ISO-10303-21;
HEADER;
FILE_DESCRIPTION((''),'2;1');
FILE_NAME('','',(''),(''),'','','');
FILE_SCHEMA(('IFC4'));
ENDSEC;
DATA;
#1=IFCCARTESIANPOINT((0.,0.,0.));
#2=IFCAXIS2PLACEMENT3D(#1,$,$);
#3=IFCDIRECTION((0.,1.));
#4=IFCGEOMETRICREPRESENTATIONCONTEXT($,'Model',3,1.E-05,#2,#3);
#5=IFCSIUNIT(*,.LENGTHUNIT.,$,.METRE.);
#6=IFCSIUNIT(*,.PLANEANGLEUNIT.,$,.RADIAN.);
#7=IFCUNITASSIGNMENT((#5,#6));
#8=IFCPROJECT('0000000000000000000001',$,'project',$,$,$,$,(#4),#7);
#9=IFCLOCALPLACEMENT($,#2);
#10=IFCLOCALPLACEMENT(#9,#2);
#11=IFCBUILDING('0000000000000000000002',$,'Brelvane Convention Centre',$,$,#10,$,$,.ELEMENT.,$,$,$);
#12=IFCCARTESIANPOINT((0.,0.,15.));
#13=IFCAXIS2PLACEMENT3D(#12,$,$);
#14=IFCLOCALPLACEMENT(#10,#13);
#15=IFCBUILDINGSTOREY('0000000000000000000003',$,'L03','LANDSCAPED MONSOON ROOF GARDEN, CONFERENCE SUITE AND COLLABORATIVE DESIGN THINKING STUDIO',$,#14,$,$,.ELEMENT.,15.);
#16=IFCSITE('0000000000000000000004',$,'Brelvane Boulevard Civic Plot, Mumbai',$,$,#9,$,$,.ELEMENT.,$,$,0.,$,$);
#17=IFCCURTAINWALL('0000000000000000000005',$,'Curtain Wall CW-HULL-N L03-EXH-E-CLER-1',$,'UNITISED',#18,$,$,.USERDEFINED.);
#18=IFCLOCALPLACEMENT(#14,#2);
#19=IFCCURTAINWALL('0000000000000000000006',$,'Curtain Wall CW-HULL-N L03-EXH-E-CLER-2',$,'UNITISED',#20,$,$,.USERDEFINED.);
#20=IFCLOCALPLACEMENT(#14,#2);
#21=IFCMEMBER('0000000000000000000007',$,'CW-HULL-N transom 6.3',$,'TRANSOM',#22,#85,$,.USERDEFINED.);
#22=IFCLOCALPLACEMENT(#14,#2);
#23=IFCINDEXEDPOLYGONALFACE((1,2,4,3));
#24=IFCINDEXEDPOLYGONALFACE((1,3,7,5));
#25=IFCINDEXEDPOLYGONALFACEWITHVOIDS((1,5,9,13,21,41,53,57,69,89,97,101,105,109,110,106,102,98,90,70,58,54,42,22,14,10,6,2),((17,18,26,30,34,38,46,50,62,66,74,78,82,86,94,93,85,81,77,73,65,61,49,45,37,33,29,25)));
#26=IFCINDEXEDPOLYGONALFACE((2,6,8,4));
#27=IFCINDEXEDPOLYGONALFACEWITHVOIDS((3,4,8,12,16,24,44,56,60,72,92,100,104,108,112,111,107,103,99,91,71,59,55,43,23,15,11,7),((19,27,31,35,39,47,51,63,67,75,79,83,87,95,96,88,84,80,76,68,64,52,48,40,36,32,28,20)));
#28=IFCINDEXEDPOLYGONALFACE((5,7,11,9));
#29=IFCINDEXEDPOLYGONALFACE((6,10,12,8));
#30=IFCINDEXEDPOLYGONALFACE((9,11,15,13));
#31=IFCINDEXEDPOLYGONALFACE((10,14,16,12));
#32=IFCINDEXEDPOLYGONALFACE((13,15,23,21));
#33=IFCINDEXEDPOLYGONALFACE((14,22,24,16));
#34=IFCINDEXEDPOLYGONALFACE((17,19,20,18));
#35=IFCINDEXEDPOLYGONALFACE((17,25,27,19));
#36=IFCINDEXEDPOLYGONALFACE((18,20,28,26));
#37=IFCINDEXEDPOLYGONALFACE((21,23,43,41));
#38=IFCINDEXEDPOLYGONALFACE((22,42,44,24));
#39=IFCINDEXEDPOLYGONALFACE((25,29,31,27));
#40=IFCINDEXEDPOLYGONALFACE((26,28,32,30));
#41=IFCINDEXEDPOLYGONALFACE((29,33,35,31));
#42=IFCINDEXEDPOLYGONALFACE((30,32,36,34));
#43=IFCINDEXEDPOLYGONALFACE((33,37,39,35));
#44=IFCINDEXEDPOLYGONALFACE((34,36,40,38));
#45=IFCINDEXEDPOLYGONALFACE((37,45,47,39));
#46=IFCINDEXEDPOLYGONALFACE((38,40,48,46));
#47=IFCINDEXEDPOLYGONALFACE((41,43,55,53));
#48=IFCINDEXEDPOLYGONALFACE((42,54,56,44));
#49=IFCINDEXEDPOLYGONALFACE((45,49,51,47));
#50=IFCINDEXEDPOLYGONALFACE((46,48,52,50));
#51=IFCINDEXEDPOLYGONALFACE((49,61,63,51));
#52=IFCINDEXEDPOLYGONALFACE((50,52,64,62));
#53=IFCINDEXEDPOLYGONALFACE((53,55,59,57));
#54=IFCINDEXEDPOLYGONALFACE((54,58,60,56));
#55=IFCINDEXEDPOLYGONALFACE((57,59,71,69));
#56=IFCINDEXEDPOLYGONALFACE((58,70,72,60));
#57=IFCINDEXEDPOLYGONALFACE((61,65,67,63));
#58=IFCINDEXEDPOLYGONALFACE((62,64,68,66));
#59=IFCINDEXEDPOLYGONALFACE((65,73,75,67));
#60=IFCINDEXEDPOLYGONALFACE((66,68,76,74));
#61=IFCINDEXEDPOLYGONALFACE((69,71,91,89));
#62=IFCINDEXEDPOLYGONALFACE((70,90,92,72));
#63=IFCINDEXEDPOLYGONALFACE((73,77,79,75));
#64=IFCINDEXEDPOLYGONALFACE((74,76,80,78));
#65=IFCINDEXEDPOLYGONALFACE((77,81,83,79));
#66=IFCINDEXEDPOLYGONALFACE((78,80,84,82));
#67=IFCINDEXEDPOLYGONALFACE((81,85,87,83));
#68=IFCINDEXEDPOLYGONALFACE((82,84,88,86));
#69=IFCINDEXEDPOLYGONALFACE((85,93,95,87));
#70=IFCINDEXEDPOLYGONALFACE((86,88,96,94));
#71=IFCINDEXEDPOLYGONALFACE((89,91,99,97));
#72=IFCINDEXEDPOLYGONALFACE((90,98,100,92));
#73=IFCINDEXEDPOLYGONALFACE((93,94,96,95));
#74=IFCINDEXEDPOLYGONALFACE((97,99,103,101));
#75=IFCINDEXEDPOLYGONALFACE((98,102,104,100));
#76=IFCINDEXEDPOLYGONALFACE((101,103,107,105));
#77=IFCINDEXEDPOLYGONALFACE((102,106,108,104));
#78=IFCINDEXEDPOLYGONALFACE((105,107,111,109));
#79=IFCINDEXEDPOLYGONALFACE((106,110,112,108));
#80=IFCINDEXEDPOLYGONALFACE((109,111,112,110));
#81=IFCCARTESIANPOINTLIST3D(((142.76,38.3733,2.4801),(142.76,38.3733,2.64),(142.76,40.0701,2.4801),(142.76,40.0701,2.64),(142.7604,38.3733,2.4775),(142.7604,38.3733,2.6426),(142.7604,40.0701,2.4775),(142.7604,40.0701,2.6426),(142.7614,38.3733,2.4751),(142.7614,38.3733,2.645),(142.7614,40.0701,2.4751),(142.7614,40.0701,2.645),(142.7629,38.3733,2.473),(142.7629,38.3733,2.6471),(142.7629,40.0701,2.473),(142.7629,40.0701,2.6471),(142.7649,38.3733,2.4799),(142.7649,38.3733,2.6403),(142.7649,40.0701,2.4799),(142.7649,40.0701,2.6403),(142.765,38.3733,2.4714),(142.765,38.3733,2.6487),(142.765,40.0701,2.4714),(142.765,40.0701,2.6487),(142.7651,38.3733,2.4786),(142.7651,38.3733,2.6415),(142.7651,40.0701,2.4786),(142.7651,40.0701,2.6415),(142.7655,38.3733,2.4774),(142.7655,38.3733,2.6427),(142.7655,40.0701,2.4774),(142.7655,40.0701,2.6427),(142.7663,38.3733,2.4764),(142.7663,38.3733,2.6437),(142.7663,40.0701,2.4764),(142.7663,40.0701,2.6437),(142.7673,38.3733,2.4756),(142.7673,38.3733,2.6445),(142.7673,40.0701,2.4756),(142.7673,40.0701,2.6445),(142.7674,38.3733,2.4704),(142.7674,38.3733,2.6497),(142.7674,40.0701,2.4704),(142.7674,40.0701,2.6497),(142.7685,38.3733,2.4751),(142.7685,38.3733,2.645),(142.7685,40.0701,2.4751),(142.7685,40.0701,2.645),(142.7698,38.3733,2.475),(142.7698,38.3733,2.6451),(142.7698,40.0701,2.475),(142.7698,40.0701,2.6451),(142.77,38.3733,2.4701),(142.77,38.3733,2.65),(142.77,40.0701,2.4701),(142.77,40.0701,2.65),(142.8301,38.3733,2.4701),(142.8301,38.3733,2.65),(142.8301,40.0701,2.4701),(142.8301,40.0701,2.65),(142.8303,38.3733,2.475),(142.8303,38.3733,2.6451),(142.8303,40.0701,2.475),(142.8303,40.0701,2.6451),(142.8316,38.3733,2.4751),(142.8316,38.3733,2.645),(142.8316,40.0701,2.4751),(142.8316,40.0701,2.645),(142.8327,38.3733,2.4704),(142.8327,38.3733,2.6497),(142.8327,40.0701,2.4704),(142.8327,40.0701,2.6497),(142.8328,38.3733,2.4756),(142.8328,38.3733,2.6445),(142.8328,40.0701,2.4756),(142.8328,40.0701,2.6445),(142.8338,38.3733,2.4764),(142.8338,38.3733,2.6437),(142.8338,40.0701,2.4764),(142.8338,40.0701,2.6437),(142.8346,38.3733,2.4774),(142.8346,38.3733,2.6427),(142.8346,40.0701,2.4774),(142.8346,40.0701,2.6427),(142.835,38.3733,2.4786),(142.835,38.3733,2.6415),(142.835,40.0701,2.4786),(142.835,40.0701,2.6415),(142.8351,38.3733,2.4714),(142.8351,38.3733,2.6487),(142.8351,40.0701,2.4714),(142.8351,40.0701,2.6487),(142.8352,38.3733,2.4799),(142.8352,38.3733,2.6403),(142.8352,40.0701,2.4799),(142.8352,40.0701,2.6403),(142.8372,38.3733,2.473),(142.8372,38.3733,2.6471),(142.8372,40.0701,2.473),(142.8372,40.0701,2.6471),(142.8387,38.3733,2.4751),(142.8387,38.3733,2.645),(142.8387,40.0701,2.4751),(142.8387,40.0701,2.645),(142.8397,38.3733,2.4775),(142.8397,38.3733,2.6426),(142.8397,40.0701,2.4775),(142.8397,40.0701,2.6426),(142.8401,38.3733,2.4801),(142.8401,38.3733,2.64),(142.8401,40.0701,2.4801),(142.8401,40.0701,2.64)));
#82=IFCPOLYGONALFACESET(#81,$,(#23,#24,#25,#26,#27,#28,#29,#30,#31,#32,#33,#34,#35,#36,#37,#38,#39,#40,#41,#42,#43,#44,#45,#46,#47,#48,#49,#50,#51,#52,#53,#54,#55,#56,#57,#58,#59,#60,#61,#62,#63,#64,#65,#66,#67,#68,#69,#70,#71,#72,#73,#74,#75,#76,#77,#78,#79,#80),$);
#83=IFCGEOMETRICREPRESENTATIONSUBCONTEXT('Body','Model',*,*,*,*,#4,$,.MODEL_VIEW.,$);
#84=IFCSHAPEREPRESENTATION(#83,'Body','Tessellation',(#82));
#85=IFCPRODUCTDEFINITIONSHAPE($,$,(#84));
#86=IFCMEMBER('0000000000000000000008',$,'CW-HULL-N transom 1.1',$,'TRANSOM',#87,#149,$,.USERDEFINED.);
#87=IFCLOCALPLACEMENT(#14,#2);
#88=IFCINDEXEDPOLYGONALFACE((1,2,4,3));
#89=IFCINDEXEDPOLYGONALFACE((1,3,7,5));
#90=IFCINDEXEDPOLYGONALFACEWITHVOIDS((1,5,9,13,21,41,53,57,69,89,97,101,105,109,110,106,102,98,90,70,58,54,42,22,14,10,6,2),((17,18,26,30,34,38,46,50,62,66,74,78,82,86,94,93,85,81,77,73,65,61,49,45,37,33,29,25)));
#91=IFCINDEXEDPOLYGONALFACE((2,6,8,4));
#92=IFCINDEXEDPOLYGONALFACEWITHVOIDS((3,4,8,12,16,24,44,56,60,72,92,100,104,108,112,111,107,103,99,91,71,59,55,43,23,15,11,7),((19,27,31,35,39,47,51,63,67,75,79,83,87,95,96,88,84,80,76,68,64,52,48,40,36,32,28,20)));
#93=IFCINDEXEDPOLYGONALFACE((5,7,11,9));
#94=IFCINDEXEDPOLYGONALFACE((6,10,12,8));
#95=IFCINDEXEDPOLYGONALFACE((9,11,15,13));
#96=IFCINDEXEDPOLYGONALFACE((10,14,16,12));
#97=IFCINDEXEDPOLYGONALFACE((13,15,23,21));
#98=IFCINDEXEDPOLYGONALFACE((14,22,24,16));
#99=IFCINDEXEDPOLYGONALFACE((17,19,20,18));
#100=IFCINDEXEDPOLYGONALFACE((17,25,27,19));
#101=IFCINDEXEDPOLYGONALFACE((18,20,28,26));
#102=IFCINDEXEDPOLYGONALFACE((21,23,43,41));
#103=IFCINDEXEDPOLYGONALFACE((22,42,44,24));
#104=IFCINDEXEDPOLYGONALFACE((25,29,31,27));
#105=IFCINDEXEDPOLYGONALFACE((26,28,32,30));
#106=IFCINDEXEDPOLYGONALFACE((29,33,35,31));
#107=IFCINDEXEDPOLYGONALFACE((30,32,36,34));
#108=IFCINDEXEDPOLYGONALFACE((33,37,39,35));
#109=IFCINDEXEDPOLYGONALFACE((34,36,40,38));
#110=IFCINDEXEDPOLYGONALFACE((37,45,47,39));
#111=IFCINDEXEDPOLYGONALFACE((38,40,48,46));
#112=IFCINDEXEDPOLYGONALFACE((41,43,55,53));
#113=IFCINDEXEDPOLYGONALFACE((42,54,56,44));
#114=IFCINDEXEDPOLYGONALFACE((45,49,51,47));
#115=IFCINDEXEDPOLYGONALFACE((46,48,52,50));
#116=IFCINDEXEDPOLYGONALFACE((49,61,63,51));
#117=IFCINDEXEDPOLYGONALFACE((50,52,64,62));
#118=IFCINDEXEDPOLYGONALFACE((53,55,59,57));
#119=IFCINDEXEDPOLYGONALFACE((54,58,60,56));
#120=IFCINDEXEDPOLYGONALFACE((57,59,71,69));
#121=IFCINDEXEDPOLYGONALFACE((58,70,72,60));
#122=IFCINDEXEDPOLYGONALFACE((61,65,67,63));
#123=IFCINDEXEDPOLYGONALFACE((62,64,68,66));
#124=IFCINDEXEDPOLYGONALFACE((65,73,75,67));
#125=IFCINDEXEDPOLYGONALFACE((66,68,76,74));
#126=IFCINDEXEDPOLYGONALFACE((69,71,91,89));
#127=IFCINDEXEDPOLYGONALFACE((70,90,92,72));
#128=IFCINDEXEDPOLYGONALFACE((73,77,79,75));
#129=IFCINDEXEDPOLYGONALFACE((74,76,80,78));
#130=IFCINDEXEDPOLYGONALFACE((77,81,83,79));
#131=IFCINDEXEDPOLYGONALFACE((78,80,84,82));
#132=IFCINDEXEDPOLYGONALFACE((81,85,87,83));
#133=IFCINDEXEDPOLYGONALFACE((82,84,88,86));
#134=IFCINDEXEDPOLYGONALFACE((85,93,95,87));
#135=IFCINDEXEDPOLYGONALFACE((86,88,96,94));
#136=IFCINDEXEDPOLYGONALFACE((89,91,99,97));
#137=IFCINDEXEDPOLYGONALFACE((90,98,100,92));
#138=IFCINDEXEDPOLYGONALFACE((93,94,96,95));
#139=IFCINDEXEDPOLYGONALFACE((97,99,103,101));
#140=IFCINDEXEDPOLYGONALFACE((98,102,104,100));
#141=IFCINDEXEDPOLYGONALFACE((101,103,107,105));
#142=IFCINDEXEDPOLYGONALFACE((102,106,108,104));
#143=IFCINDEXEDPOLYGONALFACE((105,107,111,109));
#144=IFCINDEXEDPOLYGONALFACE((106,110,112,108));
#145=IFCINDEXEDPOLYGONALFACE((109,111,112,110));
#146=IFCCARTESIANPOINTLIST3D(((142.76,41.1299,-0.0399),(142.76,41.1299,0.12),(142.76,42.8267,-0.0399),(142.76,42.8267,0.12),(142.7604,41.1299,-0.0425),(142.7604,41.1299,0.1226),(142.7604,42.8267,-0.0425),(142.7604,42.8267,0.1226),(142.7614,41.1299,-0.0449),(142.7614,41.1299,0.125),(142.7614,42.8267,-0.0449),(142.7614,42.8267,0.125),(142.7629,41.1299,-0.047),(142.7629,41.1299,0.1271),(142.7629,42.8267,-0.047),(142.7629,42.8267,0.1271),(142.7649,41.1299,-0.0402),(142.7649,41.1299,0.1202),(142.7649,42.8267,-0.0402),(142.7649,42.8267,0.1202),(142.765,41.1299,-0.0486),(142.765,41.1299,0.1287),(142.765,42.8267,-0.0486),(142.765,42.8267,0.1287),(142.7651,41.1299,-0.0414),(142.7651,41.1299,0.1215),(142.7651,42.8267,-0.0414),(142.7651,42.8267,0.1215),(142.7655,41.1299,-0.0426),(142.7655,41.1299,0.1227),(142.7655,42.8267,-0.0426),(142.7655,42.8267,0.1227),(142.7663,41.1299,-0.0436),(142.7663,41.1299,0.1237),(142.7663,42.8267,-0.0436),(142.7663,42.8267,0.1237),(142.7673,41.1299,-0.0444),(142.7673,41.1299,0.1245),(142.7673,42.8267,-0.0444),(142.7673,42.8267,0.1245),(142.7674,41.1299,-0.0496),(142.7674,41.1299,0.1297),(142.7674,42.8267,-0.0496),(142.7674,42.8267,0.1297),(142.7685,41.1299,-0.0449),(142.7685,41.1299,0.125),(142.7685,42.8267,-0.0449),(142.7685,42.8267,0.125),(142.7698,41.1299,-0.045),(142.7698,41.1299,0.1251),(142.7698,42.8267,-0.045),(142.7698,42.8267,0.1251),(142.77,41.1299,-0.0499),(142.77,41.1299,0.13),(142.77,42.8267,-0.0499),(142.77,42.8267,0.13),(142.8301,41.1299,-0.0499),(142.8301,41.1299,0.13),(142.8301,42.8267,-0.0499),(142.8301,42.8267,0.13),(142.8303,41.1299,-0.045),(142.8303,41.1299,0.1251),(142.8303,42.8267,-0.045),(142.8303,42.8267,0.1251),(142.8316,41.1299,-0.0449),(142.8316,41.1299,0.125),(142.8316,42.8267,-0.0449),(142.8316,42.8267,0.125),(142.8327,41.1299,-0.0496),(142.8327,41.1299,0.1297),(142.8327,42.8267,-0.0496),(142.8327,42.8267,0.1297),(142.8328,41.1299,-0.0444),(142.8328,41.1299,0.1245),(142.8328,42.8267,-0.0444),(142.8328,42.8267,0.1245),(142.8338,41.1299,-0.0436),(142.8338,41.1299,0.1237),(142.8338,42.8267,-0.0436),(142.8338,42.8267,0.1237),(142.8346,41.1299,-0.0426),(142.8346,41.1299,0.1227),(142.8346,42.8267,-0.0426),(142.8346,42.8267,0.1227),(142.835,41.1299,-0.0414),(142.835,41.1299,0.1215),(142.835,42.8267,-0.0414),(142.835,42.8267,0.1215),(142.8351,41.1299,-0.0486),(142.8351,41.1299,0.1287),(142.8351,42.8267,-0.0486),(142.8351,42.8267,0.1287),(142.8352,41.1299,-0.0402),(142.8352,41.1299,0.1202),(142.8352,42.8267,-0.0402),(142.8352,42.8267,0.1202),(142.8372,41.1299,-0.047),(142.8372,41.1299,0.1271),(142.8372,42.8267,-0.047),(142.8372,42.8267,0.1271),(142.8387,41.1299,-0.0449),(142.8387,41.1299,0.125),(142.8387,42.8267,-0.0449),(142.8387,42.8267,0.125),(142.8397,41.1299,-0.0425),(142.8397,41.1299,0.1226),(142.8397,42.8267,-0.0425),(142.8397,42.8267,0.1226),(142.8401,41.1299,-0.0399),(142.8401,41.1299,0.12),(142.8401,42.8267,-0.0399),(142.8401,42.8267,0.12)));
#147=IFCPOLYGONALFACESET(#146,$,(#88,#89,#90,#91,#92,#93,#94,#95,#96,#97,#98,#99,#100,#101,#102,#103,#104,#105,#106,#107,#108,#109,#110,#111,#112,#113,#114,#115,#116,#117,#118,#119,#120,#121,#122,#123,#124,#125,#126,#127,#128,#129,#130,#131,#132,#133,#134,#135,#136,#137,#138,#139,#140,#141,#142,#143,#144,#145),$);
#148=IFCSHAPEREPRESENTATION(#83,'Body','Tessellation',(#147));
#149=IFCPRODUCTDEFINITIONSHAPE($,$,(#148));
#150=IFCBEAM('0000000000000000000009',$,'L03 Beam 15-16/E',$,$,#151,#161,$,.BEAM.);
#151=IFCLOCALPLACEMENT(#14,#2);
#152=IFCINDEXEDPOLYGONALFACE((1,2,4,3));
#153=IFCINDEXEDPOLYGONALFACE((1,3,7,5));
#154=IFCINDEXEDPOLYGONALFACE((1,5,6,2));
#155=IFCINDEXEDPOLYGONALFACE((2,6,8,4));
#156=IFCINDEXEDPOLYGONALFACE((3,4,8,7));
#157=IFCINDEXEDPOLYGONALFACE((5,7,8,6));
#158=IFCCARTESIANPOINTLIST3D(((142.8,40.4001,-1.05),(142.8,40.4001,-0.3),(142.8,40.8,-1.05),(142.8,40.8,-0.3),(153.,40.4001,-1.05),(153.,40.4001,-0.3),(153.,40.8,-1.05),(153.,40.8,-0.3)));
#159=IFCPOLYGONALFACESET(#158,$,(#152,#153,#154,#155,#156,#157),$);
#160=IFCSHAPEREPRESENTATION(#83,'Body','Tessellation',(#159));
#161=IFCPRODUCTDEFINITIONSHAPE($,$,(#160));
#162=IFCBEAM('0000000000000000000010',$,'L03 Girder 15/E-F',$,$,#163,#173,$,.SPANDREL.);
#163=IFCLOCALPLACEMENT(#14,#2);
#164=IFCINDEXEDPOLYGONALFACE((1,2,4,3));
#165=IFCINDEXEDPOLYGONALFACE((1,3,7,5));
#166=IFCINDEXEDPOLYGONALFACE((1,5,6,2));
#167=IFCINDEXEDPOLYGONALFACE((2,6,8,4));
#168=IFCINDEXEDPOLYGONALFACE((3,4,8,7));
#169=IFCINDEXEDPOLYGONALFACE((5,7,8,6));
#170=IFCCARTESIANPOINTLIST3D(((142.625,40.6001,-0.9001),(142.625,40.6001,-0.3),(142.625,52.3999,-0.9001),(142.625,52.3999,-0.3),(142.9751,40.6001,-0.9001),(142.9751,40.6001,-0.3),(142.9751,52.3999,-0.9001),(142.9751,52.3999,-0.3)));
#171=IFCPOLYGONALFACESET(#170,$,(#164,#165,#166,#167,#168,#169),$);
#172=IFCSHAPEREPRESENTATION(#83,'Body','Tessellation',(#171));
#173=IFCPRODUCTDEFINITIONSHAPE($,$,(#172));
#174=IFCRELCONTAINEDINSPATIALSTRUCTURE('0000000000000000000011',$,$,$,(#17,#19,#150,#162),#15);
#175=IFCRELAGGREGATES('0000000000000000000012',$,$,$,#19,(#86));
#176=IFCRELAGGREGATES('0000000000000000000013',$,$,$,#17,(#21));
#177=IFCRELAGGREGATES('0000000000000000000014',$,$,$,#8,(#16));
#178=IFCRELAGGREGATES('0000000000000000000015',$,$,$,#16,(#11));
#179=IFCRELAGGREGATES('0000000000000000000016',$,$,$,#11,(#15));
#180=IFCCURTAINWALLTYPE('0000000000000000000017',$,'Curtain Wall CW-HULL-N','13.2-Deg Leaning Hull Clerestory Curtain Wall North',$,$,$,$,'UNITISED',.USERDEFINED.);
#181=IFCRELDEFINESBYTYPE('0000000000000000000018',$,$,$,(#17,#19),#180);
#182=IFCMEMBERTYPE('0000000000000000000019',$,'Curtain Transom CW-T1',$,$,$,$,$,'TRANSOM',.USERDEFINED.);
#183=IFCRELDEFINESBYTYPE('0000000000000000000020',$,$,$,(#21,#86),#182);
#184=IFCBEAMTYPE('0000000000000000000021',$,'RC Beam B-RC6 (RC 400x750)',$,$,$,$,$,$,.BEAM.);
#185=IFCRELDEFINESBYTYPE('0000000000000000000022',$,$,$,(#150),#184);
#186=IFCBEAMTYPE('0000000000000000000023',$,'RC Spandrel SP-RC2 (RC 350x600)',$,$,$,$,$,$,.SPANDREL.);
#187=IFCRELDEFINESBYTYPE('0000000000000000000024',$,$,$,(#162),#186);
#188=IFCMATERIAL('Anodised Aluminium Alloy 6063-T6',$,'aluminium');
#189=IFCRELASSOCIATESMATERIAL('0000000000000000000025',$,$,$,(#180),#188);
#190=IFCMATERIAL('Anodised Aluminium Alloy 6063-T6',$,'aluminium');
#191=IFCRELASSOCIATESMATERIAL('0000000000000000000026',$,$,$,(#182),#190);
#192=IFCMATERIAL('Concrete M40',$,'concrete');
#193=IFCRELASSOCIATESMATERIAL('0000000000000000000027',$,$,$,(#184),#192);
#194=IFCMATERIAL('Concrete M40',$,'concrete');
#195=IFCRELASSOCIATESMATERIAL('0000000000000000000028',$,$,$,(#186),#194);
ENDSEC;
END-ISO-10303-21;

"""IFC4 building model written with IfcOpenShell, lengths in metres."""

from ifc_helpers import new_model, si_unit, direction, frame, origin, origin_2d, place, context, subcontext, project, spatial, rectangle, hollow_rectangle, extrude, material, material_profile, profile_set, type_object, element, aggregate, save


model = new_model("IFC4")

# Units and contexts
model_context = context("Model", 3, precision=1e-05, world=origin(), true_north=direction((0.0, 1.0)))
body_context = subcontext(model_context, "Body", "Model", "MODEL_VIEW")
ifc_project = project(units=[si_unit("LENGTHUNIT", "METRE"), si_unit("PLANEANGLEUNIT", "RADIAN")], contexts=[model_context])

# Site, building, storey
site_placement = place(None, origin())
site = spatial("IfcSite", under=ifc_project, at=site_placement, Name="Brelvane Boulevard Civic Plot, Mumbai", CompositionType="ELEMENT", RefElevation=0.0)
building_placement = place(site_placement, origin())
building = spatial("IfcBuilding", under=site, at=building_placement, Name="Brelvane Convention Centre", CompositionType="ELEMENT")
storey_placement = place(building_placement, frame((0.0, 0.0, 15.0)))
storey = spatial("IfcBuildingStorey", under=building, at=storey_placement, Name="L03", Description="LANDSCAPED MONSOON ROOF GARDEN, CONFERENCE SUITE AND COLLABORATIVE DESIGN THINKING STUDIO", CompositionType="ELEMENT", Elevation=15.0)

# Curtain wall
ifc_material_1 = material(Name="Anodised Aluminium Alloy 6063-T6", Category="aluminium")
curtain_wall_type = type_object("IfcCurtainWallType", Name="Curtain Wall CW-HULL-N", Description="13.2-Deg Leaning Hull Clerestory Curtain Wall North", ElementType="UNITISED", PredefinedType="USERDEFINED", material=ifc_material_1)
curtain_wall_1_placement = place(storey_placement, origin())
curtain_wall_1 = element("IfcCurtainWall", 1, at=curtain_wall_1_placement, inside=storey, type_object=curtain_wall_type, Name="Curtain Wall CW-HULL-N L03-EXH-E-CLER-1", ObjectType="UNITISED", PredefinedType="USERDEFINED")

# Curtain wall
curtain_wall_2_placement = place(storey_placement, origin())
curtain_wall_2 = element("IfcCurtainWall", 2, at=curtain_wall_2_placement, inside=storey, type_object=curtain_wall_type, Name="Curtain Wall CW-HULL-N L03-EXH-E-CLER-2", ObjectType="UNITISED", PredefinedType="USERDEFINED")

# Members
ifc_material_2 = material(Name="Anodised Aluminium Alloy 6063-T6", Category="aluminium")
ifc_material_profile_1 = material_profile(ifc_material_2, hollow_rectangle(XDim=0.0801, YDim=0.1799, WallThickness=0.0049, InnerFilletRadius=0.0049, OuterFilletRadius=0.01, at=origin_2d()), Name="ALU-T 180x80x5.0")
ifc_profile_set_1 = profile_set([ifc_material_profile_1], Name="Anodised Aluminium Alloy 6063-T6")
member_type_1 = type_object("IfcMemberType", Name="Curtain Transom CW-T1", ElementType="TRANSOM", PredefinedType="USERDEFINED", material=ifc_profile_set_1)
member_1_placement = place(storey_placement, frame((142.8, 38.3733, 2.5601), z_axis=(0.0, 1.0, 0.0), x_axis=(-1.0, 0.0, 0.0)))
member_1 = element("IfcMember", 3, at=member_1_placement, type_object=member_type_1, Name="CW-HULL-N transom 6.3", ObjectType="TRANSOM", PredefinedType="USERDEFINED", context=body_context, shape_type="SweptSolid", body=[
    extrude(hollow_rectangle(XDim=0.0801, YDim=0.1799, WallThickness=0.0049, InnerFilletRadius=0.0049, OuterFilletRadius=0.01, at=origin_2d()), origin(), (0.0, 0.0, 1.0), 1.6968),
])
member_2_placement = place(storey_placement, frame((142.8, 41.1299, 0.04), z_axis=(0.0, 1.0, 0.0), x_axis=(-1.0, 0.0, 0.0)))
member_2 = element("IfcMember", 4, at=member_2_placement, type_object=member_type_1, Name="CW-HULL-N transom 1.1", ObjectType="TRANSOM", PredefinedType="USERDEFINED", context=body_context, shape_type="SweptSolid", body=[
    extrude(hollow_rectangle(XDim=0.0801, YDim=0.1799, WallThickness=0.0049, InnerFilletRadius=0.0049, OuterFilletRadius=0.01, at=origin_2d()), origin(), (0.0, 0.0, 1.0), 1.6968),
])
aggregate(curtain_wall_2, [member_2])

# Beams
ifc_material_3 = material(Name="Concrete M40", Category="concrete")
ifc_material_profile_2 = material_profile(ifc_material_3, rectangle(XDim=0.3999, YDim=0.75, at=origin_2d()), Name="RC 400x750")
ifc_profile_set_2 = profile_set([ifc_material_profile_2], Name="Concrete M40")
beam_type_1 = type_object("IfcBeamType", Name="RC Beam B-RC6 (RC 400x750)", PredefinedType="BEAM", material=ifc_profile_set_2)
beam_1_placement = place(storey_placement, frame((142.8, 40.6001, -0.675), z_axis=(1.0, 0.0, 0.0), x_axis=(0.0, 1.0, 0.0)))
element("IfcBeam", 5, at=beam_1_placement, inside=storey, type_object=beam_type_1, Name="L03 Beam 15-16/E", PredefinedType="BEAM", context=body_context, shape_type="SweptSolid", body=[
    extrude(rectangle(XDim=0.3999, YDim=0.75, at=origin_2d()), origin(), (0.0, 0.0, 1.0), 10.2),
])
ifc_material_4 = material(Name="Concrete M40", Category="concrete")
ifc_material_profile_3 = material_profile(ifc_material_4, rectangle(XDim=0.3501, YDim=0.6001, at=origin_2d()), Name="RC 350x600")
ifc_profile_set_3 = profile_set([ifc_material_profile_3], Name="Concrete M40")
beam_type_2 = type_object("IfcBeamType", Name="RC Spandrel SP-RC2 (RC 350x600)", PredefinedType="SPANDREL", material=ifc_profile_set_3)
beam_2_placement = place(storey_placement, frame((142.8, 40.6001, -0.6001), z_axis=(0.0, 1.0, 0.0), x_axis=(-1.0, 0.0, 0.0)))
element("IfcBeam", 6, at=beam_2_placement, inside=storey, type_object=beam_type_2, Name="L03 Girder 15/E-F", PredefinedType="SPANDREL", context=body_context, shape_type="SweptSolid", body=[
    extrude(rectangle(XDim=0.3501, YDim=0.6001, at=origin_2d()), origin(), (0.0, 0.0, 1.0), 11.7998),
])

aggregate(curtain_wall_1, [member_1])

save(model, "model.ifc")
